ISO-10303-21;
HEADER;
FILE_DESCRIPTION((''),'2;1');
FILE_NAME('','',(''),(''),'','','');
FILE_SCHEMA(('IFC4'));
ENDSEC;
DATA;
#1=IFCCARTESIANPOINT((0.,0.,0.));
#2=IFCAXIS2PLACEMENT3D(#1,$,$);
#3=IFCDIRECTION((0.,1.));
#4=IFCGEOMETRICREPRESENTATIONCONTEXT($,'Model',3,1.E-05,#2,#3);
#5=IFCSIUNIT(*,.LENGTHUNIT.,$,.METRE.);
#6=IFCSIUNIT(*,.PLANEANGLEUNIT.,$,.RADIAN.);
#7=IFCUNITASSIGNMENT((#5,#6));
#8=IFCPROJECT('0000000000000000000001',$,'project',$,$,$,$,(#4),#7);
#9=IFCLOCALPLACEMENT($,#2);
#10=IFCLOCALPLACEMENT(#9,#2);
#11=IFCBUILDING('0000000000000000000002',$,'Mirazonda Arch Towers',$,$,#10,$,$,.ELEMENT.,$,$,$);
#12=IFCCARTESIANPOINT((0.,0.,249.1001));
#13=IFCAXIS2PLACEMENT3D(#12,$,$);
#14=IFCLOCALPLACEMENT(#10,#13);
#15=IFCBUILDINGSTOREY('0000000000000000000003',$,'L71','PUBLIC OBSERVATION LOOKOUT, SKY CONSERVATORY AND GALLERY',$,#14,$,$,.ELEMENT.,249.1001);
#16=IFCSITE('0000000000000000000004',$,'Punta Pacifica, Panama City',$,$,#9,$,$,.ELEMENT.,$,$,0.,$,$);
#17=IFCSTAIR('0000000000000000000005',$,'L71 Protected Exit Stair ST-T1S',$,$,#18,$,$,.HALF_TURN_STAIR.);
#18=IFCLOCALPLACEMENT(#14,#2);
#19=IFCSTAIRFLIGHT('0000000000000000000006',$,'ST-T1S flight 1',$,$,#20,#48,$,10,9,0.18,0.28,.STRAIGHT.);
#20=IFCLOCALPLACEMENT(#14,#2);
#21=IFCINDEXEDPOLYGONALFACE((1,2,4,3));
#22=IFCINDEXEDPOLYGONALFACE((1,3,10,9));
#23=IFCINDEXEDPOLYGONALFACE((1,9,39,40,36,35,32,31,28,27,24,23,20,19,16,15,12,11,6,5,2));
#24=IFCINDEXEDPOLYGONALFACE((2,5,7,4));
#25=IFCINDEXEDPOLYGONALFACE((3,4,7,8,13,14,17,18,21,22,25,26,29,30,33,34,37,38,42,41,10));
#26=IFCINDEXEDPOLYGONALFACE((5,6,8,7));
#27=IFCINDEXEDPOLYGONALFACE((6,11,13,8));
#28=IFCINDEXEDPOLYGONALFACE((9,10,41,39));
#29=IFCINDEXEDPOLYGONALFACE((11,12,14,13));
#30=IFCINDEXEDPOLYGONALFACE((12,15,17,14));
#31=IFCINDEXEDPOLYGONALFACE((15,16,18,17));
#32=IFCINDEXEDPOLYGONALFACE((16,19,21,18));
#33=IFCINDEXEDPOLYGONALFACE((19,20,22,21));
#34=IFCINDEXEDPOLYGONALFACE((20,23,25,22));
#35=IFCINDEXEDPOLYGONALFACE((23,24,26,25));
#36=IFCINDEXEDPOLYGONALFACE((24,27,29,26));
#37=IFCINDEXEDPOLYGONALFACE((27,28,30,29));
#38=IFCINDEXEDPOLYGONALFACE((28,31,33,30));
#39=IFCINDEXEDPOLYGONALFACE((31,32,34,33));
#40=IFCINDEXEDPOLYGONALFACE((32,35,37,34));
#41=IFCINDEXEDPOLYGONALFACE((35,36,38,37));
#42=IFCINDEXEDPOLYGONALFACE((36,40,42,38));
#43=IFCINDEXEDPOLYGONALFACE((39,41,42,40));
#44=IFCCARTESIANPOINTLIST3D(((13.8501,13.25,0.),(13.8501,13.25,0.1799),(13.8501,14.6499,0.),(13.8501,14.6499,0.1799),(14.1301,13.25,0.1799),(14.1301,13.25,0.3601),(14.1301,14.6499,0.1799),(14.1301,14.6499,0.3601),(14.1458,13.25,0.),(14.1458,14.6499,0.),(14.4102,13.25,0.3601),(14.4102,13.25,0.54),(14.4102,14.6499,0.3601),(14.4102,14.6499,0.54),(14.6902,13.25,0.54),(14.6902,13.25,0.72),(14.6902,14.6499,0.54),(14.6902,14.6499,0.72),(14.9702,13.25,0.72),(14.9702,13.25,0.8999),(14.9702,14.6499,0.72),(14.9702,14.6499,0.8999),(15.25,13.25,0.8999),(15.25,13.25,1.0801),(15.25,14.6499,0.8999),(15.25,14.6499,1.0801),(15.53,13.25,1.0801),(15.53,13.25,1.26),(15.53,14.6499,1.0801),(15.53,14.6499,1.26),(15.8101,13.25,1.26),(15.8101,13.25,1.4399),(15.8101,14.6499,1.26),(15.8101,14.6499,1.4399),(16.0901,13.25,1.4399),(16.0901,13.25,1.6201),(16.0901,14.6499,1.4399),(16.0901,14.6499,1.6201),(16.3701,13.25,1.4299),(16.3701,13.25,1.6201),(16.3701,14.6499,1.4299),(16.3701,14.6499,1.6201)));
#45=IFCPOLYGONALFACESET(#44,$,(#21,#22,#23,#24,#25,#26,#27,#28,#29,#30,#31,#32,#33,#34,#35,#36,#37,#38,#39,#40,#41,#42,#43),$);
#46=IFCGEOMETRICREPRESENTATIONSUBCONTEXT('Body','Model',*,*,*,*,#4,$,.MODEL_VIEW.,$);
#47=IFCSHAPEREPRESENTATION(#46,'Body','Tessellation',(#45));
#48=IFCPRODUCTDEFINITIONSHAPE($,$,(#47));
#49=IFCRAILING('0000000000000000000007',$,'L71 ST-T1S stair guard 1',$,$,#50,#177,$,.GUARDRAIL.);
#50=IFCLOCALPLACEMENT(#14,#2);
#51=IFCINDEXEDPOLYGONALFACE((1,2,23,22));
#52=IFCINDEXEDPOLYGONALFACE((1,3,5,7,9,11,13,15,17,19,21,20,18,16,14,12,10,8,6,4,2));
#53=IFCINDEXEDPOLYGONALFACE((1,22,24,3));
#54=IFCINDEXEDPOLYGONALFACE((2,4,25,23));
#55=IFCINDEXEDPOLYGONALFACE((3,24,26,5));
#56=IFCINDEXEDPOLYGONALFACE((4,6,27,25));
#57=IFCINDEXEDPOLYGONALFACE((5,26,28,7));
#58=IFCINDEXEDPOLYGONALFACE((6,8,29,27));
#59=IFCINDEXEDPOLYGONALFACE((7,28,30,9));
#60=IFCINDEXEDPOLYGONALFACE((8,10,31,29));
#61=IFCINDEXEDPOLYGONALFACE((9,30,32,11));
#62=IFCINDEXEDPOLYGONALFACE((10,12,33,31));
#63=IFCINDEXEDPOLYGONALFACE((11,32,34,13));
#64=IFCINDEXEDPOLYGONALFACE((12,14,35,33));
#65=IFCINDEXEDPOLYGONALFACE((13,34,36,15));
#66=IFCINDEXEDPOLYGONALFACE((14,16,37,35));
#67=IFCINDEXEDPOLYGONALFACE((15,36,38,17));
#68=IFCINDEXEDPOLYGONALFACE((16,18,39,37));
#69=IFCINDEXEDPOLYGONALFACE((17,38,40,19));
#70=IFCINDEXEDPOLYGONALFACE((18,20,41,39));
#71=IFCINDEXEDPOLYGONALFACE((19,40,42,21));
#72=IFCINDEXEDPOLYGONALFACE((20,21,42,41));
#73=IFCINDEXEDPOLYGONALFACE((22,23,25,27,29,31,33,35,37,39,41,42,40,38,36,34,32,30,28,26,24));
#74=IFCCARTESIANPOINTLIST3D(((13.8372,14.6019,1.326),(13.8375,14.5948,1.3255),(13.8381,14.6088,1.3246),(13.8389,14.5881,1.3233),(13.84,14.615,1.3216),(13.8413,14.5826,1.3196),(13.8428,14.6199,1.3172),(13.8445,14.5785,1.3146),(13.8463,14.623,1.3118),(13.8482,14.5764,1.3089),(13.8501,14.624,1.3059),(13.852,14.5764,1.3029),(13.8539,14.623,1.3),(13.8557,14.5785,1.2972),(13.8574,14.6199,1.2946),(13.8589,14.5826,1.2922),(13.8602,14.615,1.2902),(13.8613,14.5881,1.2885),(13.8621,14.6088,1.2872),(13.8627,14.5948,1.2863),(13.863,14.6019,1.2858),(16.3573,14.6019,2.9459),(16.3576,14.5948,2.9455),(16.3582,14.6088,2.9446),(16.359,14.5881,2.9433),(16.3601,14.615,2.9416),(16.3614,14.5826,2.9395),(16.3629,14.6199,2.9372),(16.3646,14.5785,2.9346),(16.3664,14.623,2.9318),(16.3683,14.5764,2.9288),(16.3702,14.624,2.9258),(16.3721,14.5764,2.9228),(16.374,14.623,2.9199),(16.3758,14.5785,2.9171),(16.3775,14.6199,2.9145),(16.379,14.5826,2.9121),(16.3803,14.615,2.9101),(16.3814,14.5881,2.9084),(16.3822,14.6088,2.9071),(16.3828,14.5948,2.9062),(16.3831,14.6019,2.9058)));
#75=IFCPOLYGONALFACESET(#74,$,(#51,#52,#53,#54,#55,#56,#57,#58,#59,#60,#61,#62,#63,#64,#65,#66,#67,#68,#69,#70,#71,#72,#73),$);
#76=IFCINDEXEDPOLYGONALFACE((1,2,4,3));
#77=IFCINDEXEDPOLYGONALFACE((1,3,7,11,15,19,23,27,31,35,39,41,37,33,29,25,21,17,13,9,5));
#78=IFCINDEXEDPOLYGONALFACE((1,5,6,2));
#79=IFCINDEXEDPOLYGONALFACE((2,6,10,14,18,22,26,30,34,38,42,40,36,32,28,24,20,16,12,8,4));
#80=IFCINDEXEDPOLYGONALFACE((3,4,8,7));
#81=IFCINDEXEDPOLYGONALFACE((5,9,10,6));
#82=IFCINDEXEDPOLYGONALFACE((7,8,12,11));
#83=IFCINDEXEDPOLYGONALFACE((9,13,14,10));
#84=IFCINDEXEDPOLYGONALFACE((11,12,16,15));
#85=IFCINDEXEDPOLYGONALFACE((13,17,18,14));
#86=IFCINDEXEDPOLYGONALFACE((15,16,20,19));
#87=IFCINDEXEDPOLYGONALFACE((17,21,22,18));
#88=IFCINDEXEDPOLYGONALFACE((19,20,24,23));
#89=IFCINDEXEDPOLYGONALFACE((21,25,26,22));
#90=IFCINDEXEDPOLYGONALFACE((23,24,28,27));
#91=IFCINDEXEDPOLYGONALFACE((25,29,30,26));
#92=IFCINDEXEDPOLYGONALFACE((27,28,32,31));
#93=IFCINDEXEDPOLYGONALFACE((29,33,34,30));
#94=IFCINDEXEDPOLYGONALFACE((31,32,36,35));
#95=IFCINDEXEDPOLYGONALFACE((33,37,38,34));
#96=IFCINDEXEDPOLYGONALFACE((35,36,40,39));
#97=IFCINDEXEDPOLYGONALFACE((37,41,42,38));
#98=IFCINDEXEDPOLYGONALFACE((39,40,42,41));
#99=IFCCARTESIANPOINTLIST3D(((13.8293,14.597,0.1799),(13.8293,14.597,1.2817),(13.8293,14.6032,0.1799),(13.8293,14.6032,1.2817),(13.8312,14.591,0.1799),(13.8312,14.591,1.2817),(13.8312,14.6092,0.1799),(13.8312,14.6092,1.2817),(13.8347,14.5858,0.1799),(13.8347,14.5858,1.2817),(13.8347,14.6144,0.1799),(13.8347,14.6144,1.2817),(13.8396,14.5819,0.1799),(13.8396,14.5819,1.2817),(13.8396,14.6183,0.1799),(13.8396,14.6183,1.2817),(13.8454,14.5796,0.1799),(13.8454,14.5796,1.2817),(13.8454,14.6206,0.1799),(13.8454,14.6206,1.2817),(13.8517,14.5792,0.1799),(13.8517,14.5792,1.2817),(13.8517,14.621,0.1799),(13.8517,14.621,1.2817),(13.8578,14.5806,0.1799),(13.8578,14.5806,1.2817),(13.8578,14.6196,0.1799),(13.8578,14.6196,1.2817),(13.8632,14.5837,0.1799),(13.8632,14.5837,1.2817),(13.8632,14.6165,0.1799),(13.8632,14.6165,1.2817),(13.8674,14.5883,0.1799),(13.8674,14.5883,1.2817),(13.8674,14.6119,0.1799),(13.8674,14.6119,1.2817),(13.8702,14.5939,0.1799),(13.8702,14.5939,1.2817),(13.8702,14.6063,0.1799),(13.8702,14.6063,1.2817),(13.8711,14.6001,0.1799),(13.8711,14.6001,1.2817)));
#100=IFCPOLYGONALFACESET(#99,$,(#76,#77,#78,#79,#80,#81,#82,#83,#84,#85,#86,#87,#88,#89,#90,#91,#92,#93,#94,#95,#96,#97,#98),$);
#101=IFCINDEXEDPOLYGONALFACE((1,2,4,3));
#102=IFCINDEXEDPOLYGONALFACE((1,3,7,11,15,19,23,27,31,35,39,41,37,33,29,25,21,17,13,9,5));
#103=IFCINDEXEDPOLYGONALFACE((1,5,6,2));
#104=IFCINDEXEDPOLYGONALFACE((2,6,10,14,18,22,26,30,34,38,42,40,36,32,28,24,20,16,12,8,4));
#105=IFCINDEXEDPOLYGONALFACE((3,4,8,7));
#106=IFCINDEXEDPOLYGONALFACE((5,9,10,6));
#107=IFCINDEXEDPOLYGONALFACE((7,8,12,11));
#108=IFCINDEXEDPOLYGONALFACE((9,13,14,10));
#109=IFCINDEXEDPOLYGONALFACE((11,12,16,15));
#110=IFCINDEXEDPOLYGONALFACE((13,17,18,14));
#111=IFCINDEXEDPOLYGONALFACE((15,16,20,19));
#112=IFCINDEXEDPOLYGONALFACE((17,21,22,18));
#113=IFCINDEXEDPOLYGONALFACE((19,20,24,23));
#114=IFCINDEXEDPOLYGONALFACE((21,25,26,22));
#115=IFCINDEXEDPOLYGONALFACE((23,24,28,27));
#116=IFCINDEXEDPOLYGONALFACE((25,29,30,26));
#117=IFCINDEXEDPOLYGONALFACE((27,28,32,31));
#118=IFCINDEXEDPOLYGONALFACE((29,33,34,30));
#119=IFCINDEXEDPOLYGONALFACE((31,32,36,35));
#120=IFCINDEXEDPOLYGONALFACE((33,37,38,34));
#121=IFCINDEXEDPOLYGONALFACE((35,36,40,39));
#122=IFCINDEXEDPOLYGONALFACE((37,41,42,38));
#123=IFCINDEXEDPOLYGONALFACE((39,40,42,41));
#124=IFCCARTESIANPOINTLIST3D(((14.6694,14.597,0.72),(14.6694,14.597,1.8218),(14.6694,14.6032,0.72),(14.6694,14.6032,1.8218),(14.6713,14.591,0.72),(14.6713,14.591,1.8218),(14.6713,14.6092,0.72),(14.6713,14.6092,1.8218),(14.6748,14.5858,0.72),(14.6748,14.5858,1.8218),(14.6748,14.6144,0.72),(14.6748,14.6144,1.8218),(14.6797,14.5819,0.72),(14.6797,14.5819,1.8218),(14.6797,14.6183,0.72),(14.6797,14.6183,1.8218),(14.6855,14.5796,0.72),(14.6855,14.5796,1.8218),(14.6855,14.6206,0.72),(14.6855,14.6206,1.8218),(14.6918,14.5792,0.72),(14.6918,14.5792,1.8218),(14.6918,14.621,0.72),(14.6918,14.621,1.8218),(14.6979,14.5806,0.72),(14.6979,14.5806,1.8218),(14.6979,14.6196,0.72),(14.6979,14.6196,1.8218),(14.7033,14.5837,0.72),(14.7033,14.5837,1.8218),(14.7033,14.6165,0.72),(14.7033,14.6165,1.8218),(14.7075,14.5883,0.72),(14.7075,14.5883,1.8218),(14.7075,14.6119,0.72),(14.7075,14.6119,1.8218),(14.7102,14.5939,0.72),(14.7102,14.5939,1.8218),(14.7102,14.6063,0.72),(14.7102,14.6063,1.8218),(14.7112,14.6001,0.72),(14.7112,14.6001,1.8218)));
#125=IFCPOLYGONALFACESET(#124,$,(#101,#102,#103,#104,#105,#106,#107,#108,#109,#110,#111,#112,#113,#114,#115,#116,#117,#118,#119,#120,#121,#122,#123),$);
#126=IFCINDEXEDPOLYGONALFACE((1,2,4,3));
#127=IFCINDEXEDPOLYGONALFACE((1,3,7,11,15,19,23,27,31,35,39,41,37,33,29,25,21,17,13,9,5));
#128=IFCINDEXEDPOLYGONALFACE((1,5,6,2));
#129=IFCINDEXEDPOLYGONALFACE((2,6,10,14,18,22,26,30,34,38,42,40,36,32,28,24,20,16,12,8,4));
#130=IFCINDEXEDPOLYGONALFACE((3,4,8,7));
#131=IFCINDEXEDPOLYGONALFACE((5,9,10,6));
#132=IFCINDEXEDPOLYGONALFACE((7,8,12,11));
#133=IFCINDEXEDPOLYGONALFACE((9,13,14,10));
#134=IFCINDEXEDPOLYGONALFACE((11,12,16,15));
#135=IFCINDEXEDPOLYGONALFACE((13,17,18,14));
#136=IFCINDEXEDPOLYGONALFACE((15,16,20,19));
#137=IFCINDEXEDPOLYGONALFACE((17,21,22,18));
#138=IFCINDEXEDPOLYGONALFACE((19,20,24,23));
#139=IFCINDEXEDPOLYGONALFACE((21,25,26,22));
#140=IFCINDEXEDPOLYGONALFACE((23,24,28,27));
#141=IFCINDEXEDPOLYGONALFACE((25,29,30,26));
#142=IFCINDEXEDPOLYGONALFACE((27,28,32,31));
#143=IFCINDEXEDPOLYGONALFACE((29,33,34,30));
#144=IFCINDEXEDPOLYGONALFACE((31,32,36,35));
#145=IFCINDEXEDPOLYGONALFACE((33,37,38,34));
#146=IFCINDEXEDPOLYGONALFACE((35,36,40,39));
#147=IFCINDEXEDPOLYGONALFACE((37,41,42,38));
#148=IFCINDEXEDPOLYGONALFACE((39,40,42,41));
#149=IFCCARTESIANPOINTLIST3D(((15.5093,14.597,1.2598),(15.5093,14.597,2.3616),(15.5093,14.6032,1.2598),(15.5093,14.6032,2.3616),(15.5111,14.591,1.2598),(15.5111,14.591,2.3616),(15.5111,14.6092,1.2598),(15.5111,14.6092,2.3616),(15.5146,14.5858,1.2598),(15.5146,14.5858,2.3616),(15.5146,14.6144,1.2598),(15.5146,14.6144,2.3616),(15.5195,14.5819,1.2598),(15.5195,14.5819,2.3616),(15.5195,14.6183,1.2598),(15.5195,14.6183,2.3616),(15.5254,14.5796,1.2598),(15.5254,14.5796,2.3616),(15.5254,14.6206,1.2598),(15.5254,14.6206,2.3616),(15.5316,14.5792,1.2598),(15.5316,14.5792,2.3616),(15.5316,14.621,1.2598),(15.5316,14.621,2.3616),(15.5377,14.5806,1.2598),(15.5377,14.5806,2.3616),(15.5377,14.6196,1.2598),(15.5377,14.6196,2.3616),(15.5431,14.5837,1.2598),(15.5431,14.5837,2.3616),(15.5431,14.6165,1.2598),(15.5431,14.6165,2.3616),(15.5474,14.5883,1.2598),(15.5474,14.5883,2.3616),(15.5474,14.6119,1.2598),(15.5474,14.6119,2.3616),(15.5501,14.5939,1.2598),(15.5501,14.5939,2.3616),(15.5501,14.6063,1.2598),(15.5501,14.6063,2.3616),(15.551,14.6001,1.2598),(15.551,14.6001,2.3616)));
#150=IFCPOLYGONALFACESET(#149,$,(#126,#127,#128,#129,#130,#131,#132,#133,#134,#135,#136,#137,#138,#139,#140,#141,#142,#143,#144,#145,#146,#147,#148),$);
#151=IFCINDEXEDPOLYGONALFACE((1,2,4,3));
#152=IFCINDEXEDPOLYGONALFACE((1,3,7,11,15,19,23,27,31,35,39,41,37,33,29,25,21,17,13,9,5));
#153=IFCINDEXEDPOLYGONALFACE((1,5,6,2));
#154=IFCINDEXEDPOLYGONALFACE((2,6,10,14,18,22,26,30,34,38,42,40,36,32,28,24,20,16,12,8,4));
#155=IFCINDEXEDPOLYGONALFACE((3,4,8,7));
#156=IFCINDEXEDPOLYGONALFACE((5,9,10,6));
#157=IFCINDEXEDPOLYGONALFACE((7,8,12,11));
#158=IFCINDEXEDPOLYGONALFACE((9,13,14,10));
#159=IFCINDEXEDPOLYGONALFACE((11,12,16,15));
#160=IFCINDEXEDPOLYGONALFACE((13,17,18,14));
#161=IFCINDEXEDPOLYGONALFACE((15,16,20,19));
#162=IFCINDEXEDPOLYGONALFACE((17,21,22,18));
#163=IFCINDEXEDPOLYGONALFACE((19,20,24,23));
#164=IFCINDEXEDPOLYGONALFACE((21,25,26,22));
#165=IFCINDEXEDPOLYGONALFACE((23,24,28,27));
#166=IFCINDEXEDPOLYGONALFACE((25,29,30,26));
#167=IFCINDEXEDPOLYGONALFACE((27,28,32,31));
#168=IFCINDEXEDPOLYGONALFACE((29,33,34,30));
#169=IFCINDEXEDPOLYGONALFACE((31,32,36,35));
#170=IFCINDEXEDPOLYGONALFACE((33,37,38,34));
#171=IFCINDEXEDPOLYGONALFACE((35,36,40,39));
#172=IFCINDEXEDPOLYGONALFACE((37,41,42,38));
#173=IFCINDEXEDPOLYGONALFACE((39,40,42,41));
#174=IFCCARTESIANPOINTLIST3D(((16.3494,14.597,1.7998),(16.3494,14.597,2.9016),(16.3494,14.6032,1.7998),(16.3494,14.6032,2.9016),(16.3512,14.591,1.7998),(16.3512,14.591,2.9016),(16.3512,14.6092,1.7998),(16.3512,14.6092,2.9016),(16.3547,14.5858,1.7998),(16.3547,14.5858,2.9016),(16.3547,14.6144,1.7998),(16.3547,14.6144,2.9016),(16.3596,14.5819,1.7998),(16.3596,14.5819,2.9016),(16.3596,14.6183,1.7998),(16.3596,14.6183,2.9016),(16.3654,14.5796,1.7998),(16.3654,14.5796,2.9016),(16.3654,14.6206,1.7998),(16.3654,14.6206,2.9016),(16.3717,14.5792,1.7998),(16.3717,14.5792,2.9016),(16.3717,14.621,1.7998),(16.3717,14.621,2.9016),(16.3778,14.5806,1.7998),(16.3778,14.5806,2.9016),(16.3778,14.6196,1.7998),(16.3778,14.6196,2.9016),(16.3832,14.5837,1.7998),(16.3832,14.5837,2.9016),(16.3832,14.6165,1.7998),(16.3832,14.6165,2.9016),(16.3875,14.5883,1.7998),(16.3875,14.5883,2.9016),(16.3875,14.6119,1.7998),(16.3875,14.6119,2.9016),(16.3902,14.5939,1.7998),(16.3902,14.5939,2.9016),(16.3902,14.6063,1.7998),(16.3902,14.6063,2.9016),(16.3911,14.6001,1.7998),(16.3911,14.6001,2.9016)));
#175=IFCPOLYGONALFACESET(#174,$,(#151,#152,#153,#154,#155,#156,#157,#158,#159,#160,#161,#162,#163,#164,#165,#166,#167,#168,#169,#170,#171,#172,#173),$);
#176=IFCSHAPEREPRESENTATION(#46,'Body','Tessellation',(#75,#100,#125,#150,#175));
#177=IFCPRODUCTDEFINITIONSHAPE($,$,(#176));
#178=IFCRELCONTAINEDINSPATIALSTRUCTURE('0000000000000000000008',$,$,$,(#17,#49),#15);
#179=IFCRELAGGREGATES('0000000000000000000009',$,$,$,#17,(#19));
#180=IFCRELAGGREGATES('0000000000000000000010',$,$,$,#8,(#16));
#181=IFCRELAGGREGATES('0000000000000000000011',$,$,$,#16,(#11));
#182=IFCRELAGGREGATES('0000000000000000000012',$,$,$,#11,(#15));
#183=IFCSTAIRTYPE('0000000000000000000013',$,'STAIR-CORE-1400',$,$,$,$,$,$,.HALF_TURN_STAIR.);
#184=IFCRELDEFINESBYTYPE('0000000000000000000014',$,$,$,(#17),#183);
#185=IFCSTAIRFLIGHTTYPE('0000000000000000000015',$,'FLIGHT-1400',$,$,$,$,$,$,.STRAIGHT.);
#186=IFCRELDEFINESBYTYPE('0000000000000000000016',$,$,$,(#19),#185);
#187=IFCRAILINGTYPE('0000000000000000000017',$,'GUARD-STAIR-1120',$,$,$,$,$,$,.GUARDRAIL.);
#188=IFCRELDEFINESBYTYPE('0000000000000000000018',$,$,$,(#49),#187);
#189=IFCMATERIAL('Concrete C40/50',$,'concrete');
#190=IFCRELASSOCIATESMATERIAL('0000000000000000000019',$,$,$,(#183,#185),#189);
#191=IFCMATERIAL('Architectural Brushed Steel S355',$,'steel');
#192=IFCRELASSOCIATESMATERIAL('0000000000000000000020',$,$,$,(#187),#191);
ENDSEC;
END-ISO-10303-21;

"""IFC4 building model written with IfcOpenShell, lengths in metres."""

from ifc_helpers import new_model, si_unit, direction, frame, origin, origin_2d, place, context, subcontext, project, spatial, polyline, circle, outline, extrude, material, type_object, element, aggregate, save


model = new_model("IFC4")

# Units and contexts
model_context = context("Model", 3, precision=1e-05, world=origin(), true_north=direction((0.0, 1.0)))
body_context = subcontext(model_context, "Body", "Model", "MODEL_VIEW")
ifc_project = project(units=[si_unit("LENGTHUNIT", "METRE"), si_unit("PLANEANGLEUNIT", "RADIAN")], contexts=[model_context])

# Site, building, storey
site_placement = place(None, origin())
site = spatial("IfcSite", under=ifc_project, at=site_placement, Name="Punta Pacifica, Panama City", CompositionType="ELEMENT", RefElevation=0.0)
building_placement = place(site_placement, origin())
building = spatial("IfcBuilding", under=site, at=building_placement, Name="Mirazonda Arch Towers", CompositionType="ELEMENT")
storey_placement = place(building_placement, frame((0.0, 0.0, 249.1001)))
storey = spatial("IfcBuildingStorey", under=building, at=storey_placement, Name="L71", Description="PUBLIC OBSERVATION LOOKOUT, SKY CONSERVATORY AND GALLERY", CompositionType="ELEMENT", Elevation=249.1001)

# Stair, stair flight
ifc_material_1 = material(Name="Concrete C40/50", Category="concrete")
stair_type = type_object("IfcStairType", Name="STAIR-CORE-1400", PredefinedType="HALF_TURN_STAIR", material=ifc_material_1)
stair_placement = place(storey_placement, origin())
stair = element("IfcStair", 1, at=stair_placement, inside=storey, type_object=stair_type, Name="L71 Protected Exit Stair ST-T1S", PredefinedType="HALF_TURN_STAIR")
stair_flight_type = type_object("IfcStairFlightType", Name="FLIGHT-1400", PredefinedType="STRAIGHT", material=ifc_material_1)
stair_flight_placement = place(storey_placement, frame((13.8501, 13.95, 0.0), z_axis=(0.0, 0.0, 1.0), x_axis=(1.0, 0.0, 0.0)))
stair_flight = element("IfcStairFlight", 2, at=stair_flight_placement, type_object=stair_flight_type, Name="ST-T1S flight 1", NumberOfRisers=10, NumberOfTreads=9, PredefinedType="STRAIGHT", RiserHeight=0.18, TreadLength=0.28, context=body_context, shape_type="SweptSolid", body=[
    extrude(outline(polyline([(0.0, 0.0), (0.0, 0.1799), (0.28, 0.1799), (0.28, 0.3601), (0.5601, 0.3601), (0.5601, 0.54), (0.8401, 0.54), (0.8401, 0.72), (1.1201, 0.72), (1.1201, 0.8999), (1.3999, 0.8999), (1.3999, 1.0801), (1.6799, 1.0801), (1.6799, 1.26), (1.96, 1.26), (1.96, 1.4399), (2.24, 1.4399), (2.24, 1.6201), (2.52, 1.6201), (2.52, 1.8), (2.52, 1.4299), (0.2957, 0.0), (0.0, 0.0)])), frame((0.0, 0.7, 0.0), z_axis=(0.0, -1.0, 0.0), x_axis=(1.0, 0.0, 0.0)), (0.0, 0.0, 1.0), 1.3999),
])
aggregate(stair, [stair_flight])

# Railing
ifc_material_2 = material(Name="Architectural Brushed Steel S355", Category="steel")
railing_type_1 = type_object("IfcRailingType", Name="GUARD-STAIR-1120", PredefinedType="GUARDRAIL", material=ifc_material_2)
railing_1_placement = place(storey_placement, frame((13.8501, 14.6001, 0.1799)))
element("IfcRailing", 3, at=railing_1_placement, inside=storey, type_object=railing_type_1, Name="L71 ST-T1S stair guard 1", PredefinedType="GUARDRAIL", context=body_context, shape_type="SweptSolid", body=[
    extrude(circle(Radius=0.0239, at=origin_2d()), frame((0.0, 0.0, 1.126), z_axis=(0.8412, 0.0, 0.540725), x_axis=(0.0, 1.0, 0.0)), (0.0, 0.0, 1.0), 2.9958),
    extrude(circle(Radius=0.021, at=origin_2d()), origin(), (0.0, 0.0, 1.0), 1.1018),
    extrude(circle(Radius=0.021, at=origin_2d()), frame((0.8401, 0.0, 0.54)), (0.0, 0.0, 1.0), 1.1018),
    extrude(circle(Radius=0.021, at=origin_2d()), frame((1.6799, 0.0, 1.0798)), (0.0, 0.0, 1.0), 1.1018),
    extrude(circle(Radius=0.021, at=origin_2d()), frame((2.52, 0.0, 1.6199)), (0.0, 0.0, 1.0), 1.1018),
])

save(model, "model.ifc")
